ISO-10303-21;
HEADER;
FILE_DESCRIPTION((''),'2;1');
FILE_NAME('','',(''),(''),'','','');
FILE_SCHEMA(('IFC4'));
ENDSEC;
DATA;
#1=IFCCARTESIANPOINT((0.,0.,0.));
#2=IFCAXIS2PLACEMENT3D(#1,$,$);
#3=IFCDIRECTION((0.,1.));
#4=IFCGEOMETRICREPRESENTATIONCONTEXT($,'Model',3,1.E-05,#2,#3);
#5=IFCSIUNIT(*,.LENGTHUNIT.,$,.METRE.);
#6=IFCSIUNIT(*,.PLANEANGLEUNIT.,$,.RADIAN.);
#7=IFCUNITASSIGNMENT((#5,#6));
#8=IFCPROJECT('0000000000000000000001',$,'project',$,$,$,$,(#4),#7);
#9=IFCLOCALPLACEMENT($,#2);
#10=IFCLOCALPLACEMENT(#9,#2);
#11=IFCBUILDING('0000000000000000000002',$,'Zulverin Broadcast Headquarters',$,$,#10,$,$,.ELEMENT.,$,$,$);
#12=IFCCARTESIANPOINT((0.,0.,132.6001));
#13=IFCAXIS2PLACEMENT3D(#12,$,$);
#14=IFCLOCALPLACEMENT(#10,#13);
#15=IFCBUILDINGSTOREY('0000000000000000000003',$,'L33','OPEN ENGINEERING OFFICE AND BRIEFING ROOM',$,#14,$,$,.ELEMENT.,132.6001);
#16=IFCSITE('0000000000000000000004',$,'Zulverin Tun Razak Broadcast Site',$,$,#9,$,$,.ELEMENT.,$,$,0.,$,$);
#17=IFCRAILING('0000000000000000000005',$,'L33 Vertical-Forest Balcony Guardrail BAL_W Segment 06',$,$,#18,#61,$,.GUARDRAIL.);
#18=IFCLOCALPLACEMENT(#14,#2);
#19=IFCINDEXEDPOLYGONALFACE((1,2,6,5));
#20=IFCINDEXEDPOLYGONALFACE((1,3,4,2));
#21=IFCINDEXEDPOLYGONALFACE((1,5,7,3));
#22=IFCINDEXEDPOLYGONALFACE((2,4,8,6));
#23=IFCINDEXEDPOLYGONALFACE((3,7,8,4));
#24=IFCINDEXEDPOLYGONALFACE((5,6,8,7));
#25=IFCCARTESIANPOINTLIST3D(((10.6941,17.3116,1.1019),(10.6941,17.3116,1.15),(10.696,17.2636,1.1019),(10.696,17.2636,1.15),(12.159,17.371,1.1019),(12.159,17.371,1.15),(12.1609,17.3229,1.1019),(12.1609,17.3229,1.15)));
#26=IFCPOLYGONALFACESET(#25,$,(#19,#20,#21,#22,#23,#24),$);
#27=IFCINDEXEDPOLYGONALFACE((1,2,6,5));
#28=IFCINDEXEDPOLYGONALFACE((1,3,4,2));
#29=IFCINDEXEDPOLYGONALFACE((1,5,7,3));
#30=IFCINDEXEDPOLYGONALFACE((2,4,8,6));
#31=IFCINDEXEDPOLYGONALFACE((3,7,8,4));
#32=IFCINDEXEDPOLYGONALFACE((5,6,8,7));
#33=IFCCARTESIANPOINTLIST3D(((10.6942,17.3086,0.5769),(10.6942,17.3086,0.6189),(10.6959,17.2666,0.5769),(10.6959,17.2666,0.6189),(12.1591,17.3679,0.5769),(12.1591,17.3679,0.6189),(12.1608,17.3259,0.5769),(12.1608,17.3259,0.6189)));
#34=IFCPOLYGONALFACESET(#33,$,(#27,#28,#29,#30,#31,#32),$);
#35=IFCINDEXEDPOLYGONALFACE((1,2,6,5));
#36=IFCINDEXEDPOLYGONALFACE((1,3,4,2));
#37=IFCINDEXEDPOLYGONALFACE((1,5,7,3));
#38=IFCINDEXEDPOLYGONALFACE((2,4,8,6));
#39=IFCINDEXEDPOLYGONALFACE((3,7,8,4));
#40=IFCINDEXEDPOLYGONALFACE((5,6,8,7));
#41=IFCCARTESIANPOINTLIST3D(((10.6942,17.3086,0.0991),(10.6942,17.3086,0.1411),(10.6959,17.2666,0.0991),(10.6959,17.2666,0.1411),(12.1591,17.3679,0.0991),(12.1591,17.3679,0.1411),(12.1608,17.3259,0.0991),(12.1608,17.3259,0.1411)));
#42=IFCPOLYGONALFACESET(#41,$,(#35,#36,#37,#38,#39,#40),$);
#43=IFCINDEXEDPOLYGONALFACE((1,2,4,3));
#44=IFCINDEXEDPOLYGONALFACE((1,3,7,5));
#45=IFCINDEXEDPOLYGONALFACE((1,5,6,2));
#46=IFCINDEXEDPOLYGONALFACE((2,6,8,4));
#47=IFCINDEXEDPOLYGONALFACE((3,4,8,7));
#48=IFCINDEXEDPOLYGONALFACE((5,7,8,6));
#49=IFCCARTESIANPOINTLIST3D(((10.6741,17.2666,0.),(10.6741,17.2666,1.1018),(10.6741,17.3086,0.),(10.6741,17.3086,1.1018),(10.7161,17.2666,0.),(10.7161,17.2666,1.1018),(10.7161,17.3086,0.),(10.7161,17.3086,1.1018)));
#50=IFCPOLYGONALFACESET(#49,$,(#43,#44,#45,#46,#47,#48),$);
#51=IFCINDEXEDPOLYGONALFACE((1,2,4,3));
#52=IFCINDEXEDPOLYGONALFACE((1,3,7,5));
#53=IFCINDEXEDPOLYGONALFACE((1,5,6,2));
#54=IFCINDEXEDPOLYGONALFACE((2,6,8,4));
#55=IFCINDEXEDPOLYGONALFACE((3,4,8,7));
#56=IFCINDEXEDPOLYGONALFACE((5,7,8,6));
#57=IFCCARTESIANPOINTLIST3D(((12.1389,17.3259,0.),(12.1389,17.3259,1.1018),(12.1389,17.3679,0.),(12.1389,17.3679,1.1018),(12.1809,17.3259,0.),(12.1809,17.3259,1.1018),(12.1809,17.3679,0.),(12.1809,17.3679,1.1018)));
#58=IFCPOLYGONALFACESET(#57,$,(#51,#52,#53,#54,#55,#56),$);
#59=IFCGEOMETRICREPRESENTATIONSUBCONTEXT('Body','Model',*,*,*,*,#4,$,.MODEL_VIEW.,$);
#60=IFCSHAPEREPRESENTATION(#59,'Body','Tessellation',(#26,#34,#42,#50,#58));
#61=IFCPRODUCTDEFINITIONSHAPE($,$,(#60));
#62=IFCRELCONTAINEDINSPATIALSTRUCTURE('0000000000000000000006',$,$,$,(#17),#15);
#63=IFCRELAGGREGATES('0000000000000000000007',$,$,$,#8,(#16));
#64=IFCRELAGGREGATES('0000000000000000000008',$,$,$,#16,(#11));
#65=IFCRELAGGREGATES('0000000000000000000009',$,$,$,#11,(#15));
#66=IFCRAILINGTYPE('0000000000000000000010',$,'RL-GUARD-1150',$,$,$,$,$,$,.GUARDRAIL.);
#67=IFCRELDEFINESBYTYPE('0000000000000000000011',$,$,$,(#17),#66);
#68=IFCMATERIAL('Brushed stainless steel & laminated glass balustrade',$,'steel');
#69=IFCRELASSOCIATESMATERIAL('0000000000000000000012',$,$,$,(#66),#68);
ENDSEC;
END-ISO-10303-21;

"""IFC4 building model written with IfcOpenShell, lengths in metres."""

from ifc_helpers import new_model, si_unit, direction, frame, origin, origin_2d, place, context, subcontext, project, spatial, rectangle, extrude, material, type_object, element, save


model = new_model("IFC4")

# Units and contexts
model_context = context("Model", 3, precision=1e-05, world=origin(), true_north=direction((0.0, 1.0)))
body_context = subcontext(model_context, "Body", "Model", "MODEL_VIEW")
ifc_project = project(units=[si_unit("LENGTHUNIT", "METRE"), si_unit("PLANEANGLEUNIT", "RADIAN")], contexts=[model_context])

# Site, building, storey
site_placement = place(None, origin())
site = spatial("IfcSite", under=ifc_project, at=site_placement, Name="Zulverin Tun Razak Broadcast Site", CompositionType="ELEMENT", RefElevation=0.0)
building_placement = place(site_placement, origin())
building = spatial("IfcBuilding", under=site, at=building_placement, Name="Zulverin Broadcast Headquarters", CompositionType="ELEMENT")
storey_placement = place(building_placement, frame((0.0, 0.0, 132.6001)))
storey = spatial("IfcBuildingStorey", under=building, at=storey_placement, Name="L33", Description="OPEN ENGINEERING OFFICE AND BRIEFING ROOM", CompositionType="ELEMENT", Elevation=132.6001)

# Railing
ifc_material_1 = material(Name="Brushed stainless steel & laminated glass balustrade", Category="steel")
railing_type = type_object("IfcRailingType", Name="RL-GUARD-1150", PredefinedType="GUARDRAIL", material=ifc_material_1)
railing_1_placement = place(storey_placement, frame((10.6951, 17.2876, 0.0)))
element("IfcRailing", 1, at=railing_1_placement, inside=storey, type_object=railing_type, Name="L33 Vertical-Forest Balcony Guardrail BAL_W Segment 06", PredefinedType="GUARDRAIL", context=body_context, shape_type="SweptSolid", body=[
    extrude(rectangle(XDim=0.0481, YDim=0.0481, at=origin_2d()), frame((0.0, 0.0, 1.126), z_axis=(0.999181, 0.040467, 0.0), x_axis=(-0.040467, 0.999181, 0.0)), (0.0, 0.0, 1.0), 1.4661),
    extrude(rectangle(XDim=0.042, YDim=0.042, at=origin_2d()), frame((0.0, 0.0, 0.5979), z_axis=(0.999181, 0.040467, 0.0), x_axis=(-0.040467, 0.999181, 0.0)), (0.0, 0.0, 1.0), 1.4661),
    extrude(rectangle(XDim=0.042, YDim=0.042, at=origin_2d()), frame((0.0, 0.0, 0.1201), z_axis=(0.999181, 0.040467, 0.0), x_axis=(-0.040467, 0.999181, 0.0)), (0.0, 0.0, 1.0), 1.4661),
    extrude(rectangle(XDim=0.042, YDim=0.042, at=origin_2d()), origin(), (0.0, 0.0, 1.0), 1.1018),
    extrude(rectangle(XDim=0.042, YDim=0.042, at=origin_2d()), frame((1.4648, 0.0593, 0.0)), (0.0, 0.0, 1.0), 1.1018),
])

save(model, "model.ifc")
